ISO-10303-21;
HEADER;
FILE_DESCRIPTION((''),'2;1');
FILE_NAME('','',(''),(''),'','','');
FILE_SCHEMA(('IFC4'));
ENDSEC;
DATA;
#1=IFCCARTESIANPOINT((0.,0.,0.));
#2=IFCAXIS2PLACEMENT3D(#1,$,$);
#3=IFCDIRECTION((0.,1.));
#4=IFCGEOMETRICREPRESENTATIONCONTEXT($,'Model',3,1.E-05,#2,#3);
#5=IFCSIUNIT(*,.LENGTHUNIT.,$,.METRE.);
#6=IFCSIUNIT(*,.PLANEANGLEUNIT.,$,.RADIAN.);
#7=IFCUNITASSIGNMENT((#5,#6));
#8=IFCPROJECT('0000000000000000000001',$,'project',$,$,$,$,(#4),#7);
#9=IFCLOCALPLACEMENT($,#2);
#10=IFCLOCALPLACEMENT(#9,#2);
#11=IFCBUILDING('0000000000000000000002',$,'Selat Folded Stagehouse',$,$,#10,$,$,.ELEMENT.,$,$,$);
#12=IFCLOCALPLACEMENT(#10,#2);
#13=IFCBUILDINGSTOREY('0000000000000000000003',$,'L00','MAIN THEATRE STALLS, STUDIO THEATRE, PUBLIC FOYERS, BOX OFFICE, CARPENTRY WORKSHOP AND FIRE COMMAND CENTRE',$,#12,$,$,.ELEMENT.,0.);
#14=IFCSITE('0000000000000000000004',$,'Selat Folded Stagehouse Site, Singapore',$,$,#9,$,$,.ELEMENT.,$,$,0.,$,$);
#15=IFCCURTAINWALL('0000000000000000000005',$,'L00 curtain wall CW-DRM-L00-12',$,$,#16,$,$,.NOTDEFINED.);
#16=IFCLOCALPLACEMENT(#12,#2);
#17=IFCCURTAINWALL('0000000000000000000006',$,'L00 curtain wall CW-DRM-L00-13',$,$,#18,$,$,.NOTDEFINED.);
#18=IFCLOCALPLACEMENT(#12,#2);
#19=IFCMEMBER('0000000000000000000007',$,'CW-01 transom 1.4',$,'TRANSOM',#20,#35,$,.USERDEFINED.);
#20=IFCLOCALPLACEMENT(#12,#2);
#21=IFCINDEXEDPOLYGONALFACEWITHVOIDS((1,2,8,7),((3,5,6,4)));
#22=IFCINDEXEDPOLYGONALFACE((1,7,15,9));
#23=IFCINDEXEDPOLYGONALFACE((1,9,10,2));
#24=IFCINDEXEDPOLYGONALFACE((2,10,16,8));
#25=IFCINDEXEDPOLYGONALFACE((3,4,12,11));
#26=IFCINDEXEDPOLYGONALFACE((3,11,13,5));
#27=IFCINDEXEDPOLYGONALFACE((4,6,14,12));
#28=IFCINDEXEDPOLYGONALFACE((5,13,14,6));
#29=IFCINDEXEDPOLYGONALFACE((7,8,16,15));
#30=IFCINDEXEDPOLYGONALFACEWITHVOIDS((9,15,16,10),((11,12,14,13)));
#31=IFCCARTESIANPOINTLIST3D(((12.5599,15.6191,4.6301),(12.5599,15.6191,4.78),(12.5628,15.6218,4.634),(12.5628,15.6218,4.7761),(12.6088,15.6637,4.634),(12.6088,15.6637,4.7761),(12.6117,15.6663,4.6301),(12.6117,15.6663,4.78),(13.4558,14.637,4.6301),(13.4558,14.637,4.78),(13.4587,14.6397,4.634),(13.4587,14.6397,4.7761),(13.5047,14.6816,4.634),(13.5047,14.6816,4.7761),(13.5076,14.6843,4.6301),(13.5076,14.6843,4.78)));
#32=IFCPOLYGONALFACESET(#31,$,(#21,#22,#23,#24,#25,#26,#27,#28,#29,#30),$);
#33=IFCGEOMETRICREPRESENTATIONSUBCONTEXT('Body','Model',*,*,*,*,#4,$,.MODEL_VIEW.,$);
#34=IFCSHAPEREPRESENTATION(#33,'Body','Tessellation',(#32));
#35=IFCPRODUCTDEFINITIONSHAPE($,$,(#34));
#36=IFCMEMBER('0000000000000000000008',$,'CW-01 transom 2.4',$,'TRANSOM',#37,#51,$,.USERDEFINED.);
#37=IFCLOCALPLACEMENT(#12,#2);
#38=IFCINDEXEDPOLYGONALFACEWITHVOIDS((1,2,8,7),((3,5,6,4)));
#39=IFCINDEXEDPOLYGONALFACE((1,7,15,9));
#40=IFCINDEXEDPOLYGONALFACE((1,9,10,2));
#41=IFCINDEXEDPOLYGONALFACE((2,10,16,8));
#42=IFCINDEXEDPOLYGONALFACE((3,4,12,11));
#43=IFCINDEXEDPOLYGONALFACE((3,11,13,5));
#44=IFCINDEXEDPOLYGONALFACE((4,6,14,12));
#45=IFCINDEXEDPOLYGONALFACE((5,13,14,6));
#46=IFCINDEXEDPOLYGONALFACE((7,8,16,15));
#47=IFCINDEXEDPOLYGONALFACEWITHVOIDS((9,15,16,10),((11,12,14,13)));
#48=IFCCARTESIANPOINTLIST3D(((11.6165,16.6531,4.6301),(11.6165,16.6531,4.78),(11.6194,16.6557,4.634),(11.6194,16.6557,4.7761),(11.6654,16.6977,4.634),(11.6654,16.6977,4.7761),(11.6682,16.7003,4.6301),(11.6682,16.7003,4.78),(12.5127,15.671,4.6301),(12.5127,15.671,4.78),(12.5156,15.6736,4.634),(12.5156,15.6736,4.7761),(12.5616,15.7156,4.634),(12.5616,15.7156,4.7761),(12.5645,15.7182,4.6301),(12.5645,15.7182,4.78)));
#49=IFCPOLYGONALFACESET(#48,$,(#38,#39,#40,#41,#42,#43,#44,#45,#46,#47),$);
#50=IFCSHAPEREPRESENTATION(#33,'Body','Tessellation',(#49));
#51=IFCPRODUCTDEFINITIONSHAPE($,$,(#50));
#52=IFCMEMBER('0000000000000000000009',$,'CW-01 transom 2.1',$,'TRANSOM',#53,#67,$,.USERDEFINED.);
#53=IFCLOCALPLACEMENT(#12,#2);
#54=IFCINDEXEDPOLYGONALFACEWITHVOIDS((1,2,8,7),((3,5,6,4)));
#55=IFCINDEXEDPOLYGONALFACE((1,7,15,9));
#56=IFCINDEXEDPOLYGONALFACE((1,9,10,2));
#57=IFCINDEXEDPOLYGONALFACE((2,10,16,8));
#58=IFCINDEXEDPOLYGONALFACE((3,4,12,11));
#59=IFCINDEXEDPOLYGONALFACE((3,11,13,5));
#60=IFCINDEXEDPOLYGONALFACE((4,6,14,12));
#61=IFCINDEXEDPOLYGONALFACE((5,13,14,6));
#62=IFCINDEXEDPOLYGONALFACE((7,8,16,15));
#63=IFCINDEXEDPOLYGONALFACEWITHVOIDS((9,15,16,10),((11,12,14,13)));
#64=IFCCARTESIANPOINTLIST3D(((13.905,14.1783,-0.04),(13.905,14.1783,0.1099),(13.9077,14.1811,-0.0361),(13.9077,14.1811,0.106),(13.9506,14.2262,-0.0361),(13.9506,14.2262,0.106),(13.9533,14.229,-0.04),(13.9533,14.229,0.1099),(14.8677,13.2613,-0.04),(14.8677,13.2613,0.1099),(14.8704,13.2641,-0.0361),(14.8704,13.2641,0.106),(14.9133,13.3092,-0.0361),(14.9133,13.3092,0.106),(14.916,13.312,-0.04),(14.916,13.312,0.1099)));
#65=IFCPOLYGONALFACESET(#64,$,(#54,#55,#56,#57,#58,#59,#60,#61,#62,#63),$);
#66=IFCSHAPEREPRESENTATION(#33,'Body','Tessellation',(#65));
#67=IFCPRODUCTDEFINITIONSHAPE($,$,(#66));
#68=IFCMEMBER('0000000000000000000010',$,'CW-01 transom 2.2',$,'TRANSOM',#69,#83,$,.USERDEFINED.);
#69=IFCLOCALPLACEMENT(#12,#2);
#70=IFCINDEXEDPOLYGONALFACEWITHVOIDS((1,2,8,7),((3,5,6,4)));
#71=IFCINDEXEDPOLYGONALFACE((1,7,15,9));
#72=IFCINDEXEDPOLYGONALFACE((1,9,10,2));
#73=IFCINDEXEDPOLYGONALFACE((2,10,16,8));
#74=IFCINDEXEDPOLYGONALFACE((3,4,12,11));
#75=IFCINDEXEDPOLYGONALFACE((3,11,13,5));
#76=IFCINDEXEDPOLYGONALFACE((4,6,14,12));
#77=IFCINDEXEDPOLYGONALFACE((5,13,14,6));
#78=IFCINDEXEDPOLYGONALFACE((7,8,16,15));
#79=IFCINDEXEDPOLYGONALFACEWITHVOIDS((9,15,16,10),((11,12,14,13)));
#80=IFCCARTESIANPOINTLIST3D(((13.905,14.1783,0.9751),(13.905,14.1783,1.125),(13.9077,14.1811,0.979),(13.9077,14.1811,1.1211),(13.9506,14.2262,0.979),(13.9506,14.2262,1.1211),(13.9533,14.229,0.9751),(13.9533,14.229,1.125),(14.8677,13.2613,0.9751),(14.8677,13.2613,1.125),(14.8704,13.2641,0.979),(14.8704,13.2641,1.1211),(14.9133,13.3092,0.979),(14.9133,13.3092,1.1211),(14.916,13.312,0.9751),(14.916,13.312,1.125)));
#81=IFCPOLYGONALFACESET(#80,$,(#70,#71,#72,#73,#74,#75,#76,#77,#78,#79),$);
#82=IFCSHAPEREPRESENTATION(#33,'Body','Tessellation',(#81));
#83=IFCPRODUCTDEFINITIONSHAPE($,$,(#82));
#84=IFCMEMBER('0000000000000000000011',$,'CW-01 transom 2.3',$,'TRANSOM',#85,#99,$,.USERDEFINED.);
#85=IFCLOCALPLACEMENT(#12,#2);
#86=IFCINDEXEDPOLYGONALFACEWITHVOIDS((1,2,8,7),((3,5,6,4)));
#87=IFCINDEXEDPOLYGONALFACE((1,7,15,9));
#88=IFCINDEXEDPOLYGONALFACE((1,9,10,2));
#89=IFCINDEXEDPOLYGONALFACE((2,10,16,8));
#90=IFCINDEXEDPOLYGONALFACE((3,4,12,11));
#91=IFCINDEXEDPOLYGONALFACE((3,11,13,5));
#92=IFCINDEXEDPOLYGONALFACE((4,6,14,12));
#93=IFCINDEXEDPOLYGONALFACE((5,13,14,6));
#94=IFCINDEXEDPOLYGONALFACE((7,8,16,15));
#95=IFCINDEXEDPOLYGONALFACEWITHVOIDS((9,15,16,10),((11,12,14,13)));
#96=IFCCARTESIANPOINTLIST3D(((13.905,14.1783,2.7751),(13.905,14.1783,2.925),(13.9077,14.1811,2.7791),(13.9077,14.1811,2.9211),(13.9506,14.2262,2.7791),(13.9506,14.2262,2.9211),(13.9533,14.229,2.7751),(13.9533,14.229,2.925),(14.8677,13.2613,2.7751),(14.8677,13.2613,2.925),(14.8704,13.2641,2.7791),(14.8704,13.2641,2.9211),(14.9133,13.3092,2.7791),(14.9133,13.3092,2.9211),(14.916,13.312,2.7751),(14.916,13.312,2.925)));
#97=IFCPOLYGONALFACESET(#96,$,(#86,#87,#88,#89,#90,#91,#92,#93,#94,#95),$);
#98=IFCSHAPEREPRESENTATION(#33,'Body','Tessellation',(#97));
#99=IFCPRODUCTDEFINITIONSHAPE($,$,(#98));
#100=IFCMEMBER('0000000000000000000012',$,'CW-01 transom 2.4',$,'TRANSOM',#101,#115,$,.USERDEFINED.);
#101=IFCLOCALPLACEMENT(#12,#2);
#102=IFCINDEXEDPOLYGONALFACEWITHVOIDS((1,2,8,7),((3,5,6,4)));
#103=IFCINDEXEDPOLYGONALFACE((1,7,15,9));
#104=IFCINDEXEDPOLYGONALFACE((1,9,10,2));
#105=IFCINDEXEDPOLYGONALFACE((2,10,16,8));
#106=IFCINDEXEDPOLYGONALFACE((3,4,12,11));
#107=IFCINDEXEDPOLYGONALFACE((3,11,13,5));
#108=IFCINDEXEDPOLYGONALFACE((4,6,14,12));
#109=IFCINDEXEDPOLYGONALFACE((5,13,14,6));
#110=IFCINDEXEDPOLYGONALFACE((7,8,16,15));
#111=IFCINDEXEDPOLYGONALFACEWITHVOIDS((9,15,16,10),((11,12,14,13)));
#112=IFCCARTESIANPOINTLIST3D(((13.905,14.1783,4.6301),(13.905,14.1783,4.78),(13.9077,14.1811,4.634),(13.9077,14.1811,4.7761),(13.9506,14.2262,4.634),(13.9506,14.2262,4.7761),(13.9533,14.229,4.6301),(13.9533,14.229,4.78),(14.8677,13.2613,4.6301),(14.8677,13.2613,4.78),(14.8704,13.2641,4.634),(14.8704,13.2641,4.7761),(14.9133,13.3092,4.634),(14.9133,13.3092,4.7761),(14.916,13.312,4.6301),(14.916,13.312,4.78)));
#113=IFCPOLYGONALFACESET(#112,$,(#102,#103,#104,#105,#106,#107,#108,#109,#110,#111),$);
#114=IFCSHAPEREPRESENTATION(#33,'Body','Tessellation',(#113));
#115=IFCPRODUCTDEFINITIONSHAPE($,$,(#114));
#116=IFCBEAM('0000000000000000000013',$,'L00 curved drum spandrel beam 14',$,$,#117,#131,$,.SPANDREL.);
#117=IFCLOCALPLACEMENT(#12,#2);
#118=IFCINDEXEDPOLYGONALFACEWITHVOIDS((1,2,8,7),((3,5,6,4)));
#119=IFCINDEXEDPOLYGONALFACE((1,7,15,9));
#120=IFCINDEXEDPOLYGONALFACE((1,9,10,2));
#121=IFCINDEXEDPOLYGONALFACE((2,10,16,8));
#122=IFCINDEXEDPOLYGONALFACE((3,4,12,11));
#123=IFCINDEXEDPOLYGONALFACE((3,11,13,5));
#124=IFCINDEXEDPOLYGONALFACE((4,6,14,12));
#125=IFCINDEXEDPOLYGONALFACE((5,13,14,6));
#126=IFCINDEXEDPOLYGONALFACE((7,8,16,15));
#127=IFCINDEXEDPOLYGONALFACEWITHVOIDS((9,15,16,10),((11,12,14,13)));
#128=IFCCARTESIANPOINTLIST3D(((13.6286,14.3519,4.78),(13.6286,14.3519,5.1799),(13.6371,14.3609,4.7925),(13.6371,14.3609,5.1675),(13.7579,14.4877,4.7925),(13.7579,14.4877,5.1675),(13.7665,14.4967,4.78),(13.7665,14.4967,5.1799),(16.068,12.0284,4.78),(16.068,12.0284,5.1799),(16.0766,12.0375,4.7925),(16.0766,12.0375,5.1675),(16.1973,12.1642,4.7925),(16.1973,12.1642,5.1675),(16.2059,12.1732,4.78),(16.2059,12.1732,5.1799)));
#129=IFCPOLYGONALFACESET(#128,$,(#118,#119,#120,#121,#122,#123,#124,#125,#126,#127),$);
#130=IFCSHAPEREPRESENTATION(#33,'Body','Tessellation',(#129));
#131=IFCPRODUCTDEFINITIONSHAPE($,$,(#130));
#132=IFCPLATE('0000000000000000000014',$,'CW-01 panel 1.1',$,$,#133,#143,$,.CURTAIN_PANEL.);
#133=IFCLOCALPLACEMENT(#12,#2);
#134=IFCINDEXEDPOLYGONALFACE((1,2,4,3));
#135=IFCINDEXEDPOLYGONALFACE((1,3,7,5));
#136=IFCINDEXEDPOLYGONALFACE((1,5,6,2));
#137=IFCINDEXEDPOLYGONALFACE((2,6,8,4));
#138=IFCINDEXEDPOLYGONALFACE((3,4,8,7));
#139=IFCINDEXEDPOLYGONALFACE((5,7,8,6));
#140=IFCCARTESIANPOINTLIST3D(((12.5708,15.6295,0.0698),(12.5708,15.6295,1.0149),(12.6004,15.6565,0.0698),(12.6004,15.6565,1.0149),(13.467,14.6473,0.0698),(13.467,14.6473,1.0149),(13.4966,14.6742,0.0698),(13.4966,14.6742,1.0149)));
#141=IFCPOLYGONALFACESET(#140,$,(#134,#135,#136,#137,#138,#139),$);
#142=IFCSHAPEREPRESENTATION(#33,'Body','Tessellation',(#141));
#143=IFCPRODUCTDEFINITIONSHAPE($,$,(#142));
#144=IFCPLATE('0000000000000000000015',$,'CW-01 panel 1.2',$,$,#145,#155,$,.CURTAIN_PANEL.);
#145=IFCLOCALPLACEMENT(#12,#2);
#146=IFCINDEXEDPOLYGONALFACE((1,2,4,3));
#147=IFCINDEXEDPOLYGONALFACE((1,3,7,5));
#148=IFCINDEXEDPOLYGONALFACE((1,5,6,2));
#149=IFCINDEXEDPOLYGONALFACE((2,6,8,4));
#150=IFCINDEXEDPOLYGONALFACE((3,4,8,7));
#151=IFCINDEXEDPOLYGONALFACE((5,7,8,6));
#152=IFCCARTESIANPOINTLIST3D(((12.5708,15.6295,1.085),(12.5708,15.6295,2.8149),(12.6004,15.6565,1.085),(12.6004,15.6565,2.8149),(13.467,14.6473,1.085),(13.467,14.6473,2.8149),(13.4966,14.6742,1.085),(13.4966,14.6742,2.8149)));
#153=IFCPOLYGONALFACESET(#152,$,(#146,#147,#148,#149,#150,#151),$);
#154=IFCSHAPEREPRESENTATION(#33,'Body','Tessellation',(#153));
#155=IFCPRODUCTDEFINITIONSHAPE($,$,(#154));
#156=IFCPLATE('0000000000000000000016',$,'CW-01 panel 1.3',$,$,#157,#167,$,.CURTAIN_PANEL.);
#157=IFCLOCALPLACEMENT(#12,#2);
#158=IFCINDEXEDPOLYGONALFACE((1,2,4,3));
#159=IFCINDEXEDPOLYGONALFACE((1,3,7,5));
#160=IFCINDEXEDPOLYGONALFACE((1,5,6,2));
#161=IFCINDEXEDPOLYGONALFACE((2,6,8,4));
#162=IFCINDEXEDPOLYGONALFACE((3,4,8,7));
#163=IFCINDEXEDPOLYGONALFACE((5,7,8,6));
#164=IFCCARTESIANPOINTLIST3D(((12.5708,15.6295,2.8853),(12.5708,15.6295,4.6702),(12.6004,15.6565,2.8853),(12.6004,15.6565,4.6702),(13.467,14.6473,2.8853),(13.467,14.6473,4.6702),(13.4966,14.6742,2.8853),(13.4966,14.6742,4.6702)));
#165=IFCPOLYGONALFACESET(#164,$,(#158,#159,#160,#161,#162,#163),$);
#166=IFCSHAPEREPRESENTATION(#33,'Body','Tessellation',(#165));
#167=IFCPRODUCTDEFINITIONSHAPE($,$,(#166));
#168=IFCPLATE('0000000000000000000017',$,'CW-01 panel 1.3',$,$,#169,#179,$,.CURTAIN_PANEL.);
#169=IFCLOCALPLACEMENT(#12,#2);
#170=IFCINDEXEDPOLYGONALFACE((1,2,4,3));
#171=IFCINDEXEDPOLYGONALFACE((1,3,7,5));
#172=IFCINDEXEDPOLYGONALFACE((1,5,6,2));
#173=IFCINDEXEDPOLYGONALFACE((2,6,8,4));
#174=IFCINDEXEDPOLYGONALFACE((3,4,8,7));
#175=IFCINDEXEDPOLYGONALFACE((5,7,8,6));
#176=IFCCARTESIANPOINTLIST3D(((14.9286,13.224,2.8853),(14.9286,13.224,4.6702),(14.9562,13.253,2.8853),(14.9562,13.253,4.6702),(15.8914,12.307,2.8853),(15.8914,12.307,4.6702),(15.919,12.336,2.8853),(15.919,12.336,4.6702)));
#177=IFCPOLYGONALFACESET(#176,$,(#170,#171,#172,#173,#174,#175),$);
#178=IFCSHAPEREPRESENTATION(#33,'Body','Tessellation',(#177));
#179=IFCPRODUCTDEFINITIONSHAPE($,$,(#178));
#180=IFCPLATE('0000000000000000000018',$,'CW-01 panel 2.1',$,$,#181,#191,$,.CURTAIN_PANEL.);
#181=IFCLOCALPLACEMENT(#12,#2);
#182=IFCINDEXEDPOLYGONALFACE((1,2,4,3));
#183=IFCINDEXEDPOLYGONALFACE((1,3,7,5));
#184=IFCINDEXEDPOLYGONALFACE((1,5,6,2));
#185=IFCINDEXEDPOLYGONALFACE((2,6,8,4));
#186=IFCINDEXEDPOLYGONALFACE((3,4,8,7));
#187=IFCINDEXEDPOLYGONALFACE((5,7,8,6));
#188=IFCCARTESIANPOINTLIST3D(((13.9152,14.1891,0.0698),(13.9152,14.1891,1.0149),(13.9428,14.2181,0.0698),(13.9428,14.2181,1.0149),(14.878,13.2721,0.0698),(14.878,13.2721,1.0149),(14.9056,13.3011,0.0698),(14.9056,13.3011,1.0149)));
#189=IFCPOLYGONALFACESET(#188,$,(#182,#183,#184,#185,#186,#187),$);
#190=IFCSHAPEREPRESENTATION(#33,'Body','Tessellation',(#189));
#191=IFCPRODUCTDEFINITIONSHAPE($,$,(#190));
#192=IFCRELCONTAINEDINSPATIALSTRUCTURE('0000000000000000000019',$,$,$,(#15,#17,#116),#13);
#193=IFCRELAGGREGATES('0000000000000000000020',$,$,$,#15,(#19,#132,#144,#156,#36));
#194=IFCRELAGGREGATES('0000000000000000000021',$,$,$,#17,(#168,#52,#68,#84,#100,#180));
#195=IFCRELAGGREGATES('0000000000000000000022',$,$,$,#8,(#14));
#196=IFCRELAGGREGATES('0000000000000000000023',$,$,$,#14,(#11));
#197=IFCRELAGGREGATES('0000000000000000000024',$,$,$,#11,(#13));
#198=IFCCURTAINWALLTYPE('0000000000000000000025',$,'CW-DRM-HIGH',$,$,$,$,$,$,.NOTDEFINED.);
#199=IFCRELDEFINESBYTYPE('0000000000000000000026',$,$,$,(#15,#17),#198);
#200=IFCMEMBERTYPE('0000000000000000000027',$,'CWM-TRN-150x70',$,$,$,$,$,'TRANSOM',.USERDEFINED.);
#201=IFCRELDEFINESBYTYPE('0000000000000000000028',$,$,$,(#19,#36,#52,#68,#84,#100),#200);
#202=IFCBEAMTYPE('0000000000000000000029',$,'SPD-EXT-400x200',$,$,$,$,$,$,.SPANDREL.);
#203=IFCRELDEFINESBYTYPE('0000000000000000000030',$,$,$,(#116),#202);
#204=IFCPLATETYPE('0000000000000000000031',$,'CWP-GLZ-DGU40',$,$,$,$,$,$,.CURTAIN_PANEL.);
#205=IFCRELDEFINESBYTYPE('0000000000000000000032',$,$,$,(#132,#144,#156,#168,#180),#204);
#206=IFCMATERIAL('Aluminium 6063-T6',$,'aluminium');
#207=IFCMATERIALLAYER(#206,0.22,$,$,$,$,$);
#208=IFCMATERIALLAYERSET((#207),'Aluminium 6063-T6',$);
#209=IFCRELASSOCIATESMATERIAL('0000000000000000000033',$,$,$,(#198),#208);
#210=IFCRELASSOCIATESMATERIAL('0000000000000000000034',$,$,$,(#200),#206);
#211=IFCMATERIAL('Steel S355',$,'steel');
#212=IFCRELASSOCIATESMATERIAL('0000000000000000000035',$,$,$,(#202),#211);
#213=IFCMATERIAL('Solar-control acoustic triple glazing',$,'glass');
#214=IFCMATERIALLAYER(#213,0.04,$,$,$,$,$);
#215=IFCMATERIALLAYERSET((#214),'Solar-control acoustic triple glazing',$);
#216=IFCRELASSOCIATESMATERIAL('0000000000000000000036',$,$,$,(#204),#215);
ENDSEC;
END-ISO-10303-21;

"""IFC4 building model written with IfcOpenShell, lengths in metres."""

from ifc_helpers import new_model, si_unit, direction, frame, origin, origin_2d, place, context, subcontext, project, spatial, rectangle, hollow_rectangle, extrude, material, layer, layer_set, material_profile, profile_set, type_object, element, aggregate, save


model = new_model("IFC4")

# Units and contexts
model_context = context("Model", 3, precision=1e-05, world=origin(), true_north=direction((0.0, 1.0)))
body_context = subcontext(model_context, "Body", "Model", "MODEL_VIEW")
ifc_project = project(units=[si_unit("LENGTHUNIT", "METRE"), si_unit("PLANEANGLEUNIT", "RADIAN")], contexts=[model_context])

# Site, building, storey
site_placement = place(None, origin())
site = spatial("IfcSite", under=ifc_project, at=site_placement, Name="Selat Folded Stagehouse Site, Singapore", CompositionType="ELEMENT", RefElevation=0.0)
building_placement = place(site_placement, origin())
building = spatial("IfcBuilding", under=site, at=building_placement, Name="Selat Folded Stagehouse", CompositionType="ELEMENT")
storey_placement = place(building_placement, origin())
storey = spatial("IfcBuildingStorey", under=building, at=storey_placement, Name="L00", Description="MAIN THEATRE STALLS, STUDIO THEATRE, PUBLIC FOYERS, BOX OFFICE, CARPENTRY WORKSHOP AND FIRE COMMAND CENTRE", CompositionType="ELEMENT", Elevation=0.0)

# Shared definitions
ifc_material_1 = material(Name="Steel S355", Category="steel")

# Curtain walls
ifc_material_2 = material(Name="Aluminium 6063-T6", Category="aluminium")
ifc_layer_1 = layer(ifc_material_2, 0.22)
ifc_layer_set_1 = layer_set([ifc_layer_1], Name="Aluminium 6063-T6")
curtain_wall_type = type_object("IfcCurtainWallType", Name="CW-DRM-HIGH", PredefinedType="NOTDEFINED", material=ifc_layer_set_1)
curtain_wall_1_placement = place(storey_placement, origin())
curtain_wall_1 = element("IfcCurtainWall", 1, at=curtain_wall_1_placement, inside=storey, type_object=curtain_wall_type, Name="L00 curtain wall CW-DRM-L00-12", PredefinedType="NOTDEFINED")
curtain_wall_2_placement = place(storey_placement, origin())
curtain_wall_2 = element("IfcCurtainWall", 2, at=curtain_wall_2_placement, inside=storey, type_object=curtain_wall_type, Name="L00 curtain wall CW-DRM-L00-13", PredefinedType="NOTDEFINED")

# Members
ifc_material_profile_1 = material_profile(ifc_material_2, hollow_rectangle(XDim=0.0701, YDim=0.1499, WallThickness=0.0039, at=origin_2d()), Name="ALU 150x70x4.0")
ifc_profile_set_1 = profile_set([ifc_material_profile_1], Name="Aluminium 6063-T6")
member_type_1 = type_object("IfcMemberType", Name="CWM-TRN-150x70", ElementType="TRANSOM", PredefinedType="USERDEFINED", material=ifc_profile_set_1)
member_1_placement = place(storey_placement, frame((13.4817, 14.6606, 4.7051), z_axis=(-0.673951, 0.738776, 0.0), x_axis=(-0.738776, -0.673951, 0.0)))
member_1 = element("IfcMember", 3, at=member_1_placement, type_object=member_type_1, Name="CW-01 transom 1.4", ObjectType="TRANSOM", PredefinedType="USERDEFINED", context=body_context, shape_type="SweptSolid", body=[
    extrude(hollow_rectangle(XDim=0.0701, YDim=0.1499, WallThickness=0.0039, at=origin_2d()), origin(), (0.0, 0.0, 1.0), 1.3293),
])
member_2_placement = place(storey_placement, frame((12.5386, 15.6946, 4.7051), z_axis=(-0.674052, 0.738684, 0.0), x_axis=(-0.738684, -0.674052, 0.0)))
member_2 = element("IfcMember", 4, at=member_2_placement, type_object=member_type_1, Name="CW-01 transom 2.4", ObjectType="TRANSOM", PredefinedType="USERDEFINED", context=body_context, shape_type="SweptSolid", body=[
    extrude(hollow_rectangle(XDim=0.0701, YDim=0.1499, WallThickness=0.0039, at=origin_2d()), origin(), (0.0, 0.0, 1.0), 1.3296),
])
member_3_placement = place(storey_placement, frame((14.8918, 13.2866, 0.0349), z_axis=(-0.724068, 0.689729, 0.0), x_axis=(-0.689729, -0.724068, 0.0)))
member_3 = element("IfcMember", 5, at=member_3_placement, type_object=member_type_1, Name="CW-01 transom 2.1", ObjectType="TRANSOM", PredefinedType="USERDEFINED", context=body_context, shape_type="SweptSolid", body=[
    extrude(hollow_rectangle(XDim=0.0701, YDim=0.1499, WallThickness=0.0039, at=origin_2d()), origin(), (0.0, 0.0, 1.0), 1.3296),
])
member_4_placement = place(storey_placement, frame((14.8918, 13.2866, 1.05), z_axis=(-0.724068, 0.689729, 0.0), x_axis=(-0.689729, -0.724068, 0.0)))
member_4 = element("IfcMember", 6, at=member_4_placement, type_object=member_type_1, Name="CW-01 transom 2.2", ObjectType="TRANSOM", PredefinedType="USERDEFINED", context=body_context, shape_type="SweptSolid", body=[
    extrude(hollow_rectangle(XDim=0.0701, YDim=0.1499, WallThickness=0.0039, at=origin_2d()), origin(), (0.0, 0.0, 1.0), 1.3296),
])
member_5_placement = place(storey_placement, frame((14.8918, 13.2866, 2.8501), z_axis=(-0.724068, 0.689729, 0.0), x_axis=(-0.689729, -0.724068, 0.0)))
member_5 = element("IfcMember", 7, at=member_5_placement, type_object=member_type_1, Name="CW-01 transom 2.3", ObjectType="TRANSOM", PredefinedType="USERDEFINED", context=body_context, shape_type="SweptSolid", body=[
    extrude(hollow_rectangle(XDim=0.0701, YDim=0.1499, WallThickness=0.0039, at=origin_2d()), origin(), (0.0, 0.0, 1.0), 1.3296),
])
member_6_placement = place(storey_placement, frame((14.8918, 13.2866, 4.7051), z_axis=(-0.724068, 0.689729, 0.0), x_axis=(-0.689729, -0.724068, 0.0)))
member_6 = element("IfcMember", 8, at=member_6_placement, type_object=member_type_1, Name="CW-01 transom 2.4", ObjectType="TRANSOM", PredefinedType="USERDEFINED", context=body_context, shape_type="SweptSolid", body=[
    extrude(hollow_rectangle(XDim=0.0701, YDim=0.1499, WallThickness=0.0039, at=origin_2d()), origin(), (0.0, 0.0, 1.0), 1.3296),
])

# Beam
ifc_material_profile_2 = material_profile(ifc_material_1, hollow_rectangle(XDim=0.2, YDim=0.3999, WallThickness=0.0125, at=origin_2d()), Name="RHS 400x200x12.5")
ifc_profile_set_2 = profile_set([ifc_material_profile_2], Name="Steel S355")
beam_type = type_object("IfcBeamType", Name="SPD-EXT-400x200", PredefinedType="SPANDREL", material=ifc_profile_set_2)
beam_placement = place(storey_placement, frame((13.6975, 14.4243, 4.98), z_axis=(0.724109, -0.689686, 0.0), x_axis=(0.689686, 0.724109, 0.0)))
element("IfcBeam", 9, at=beam_placement, inside=storey, type_object=beam_type, Name="L00 curved drum spandrel beam 14", PredefinedType="SPANDREL", context=body_context, shape_type="SweptSolid", body=[
    extrude(hollow_rectangle(XDim=0.2, YDim=0.3999, WallThickness=0.0125, at=origin_2d()), origin(), (0.0, 0.0, 1.0), 3.3689),
])

# Plates
ifc_material_3 = material(Name="Solar-control acoustic triple glazing", Category="glass")
ifc_layer_2 = layer(ifc_material_3, 0.04)
ifc_layer_set_2 = layer_set([ifc_layer_2], Name="Solar-control acoustic triple glazing")
plate_type = type_object("IfcPlateType", Name="CWP-GLZ-DGU40", PredefinedType="CURTAIN_PANEL", material=ifc_layer_set_2)
plate_1_placement = place(storey_placement, frame((13.0337, 15.1519, 0.0698), z_axis=(0.0, 0.0, 1.0), x_axis=(-0.674002, 0.738729, 0.0)))
plate_1 = element("IfcPlate", 10, at=plate_1_placement, type_object=plate_type, Name="CW-01 panel 1.1", PredefinedType="CURTAIN_PANEL", context=body_context, shape_type="SweptSolid", body=[
    extrude(rectangle(XDim=1.3296, YDim=0.04, at=origin_2d()), origin(), (0.0, 0.0, 1.0), 0.9451),
])
plate_2_placement = place(storey_placement, frame((13.0337, 15.1519, 1.085), z_axis=(0.0, 0.0, 1.0), x_axis=(-0.674002, 0.738729, 0.0)))
plate_2 = element("IfcPlate", 11, at=plate_2_placement, type_object=plate_type, Name="CW-01 panel 1.2", PredefinedType="CURTAIN_PANEL", context=body_context, shape_type="SweptSolid", body=[
    extrude(rectangle(XDim=1.3296, YDim=0.04, at=origin_2d()), origin(), (0.0, 0.0, 1.0), 1.73),
])
plate_3_placement = place(storey_placement, frame((13.0337, 15.1519, 2.8853), z_axis=(0.0, 0.0, 1.0), x_axis=(-0.674002, 0.738729, 0.0)))
plate_3 = element("IfcPlate", 12, at=plate_3_placement, type_object=plate_type, Name="CW-01 panel 1.3", PredefinedType="CURTAIN_PANEL", context=body_context, shape_type="SweptSolid", body=[
    extrude(rectangle(XDim=1.3296, YDim=0.04, at=origin_2d()), origin(), (0.0, 0.0, 1.0), 1.7849),
])
aggregate(curtain_wall_1, [member_1, plate_1, plate_2, plate_3, member_2])
plate_4_placement = place(storey_placement, frame((15.4238, 12.78, 2.8853), z_axis=(0.0, 0.0, 1.0), x_axis=(-0.724132, 0.689661, 0.0)))
plate_4 = element("IfcPlate", 13, at=plate_4_placement, type_object=plate_type, Name="CW-01 panel 1.3", PredefinedType="CURTAIN_PANEL", context=body_context, shape_type="SweptSolid", body=[
    extrude(rectangle(XDim=1.3296, YDim=0.04, at=origin_2d()), origin(), (0.0, 0.0, 1.0), 1.7849),
])
plate_5_placement = place(storey_placement, frame((14.4104, 13.7451, 0.0698), z_axis=(0.0, 0.0, 1.0), x_axis=(-0.724132, 0.689661, 0.0)))
plate_5 = element("IfcPlate", 14, at=plate_5_placement, type_object=plate_type, Name="CW-01 panel 2.1", PredefinedType="CURTAIN_PANEL", context=body_context, shape_type="SweptSolid", body=[
    extrude(rectangle(XDim=1.3296, YDim=0.04, at=origin_2d()), origin(), (0.0, 0.0, 1.0), 0.9451),
])
aggregate(curtain_wall_2, [plate_4, member_3, member_4, member_5, member_6, plate_5])

save(model, "model.ifc")
